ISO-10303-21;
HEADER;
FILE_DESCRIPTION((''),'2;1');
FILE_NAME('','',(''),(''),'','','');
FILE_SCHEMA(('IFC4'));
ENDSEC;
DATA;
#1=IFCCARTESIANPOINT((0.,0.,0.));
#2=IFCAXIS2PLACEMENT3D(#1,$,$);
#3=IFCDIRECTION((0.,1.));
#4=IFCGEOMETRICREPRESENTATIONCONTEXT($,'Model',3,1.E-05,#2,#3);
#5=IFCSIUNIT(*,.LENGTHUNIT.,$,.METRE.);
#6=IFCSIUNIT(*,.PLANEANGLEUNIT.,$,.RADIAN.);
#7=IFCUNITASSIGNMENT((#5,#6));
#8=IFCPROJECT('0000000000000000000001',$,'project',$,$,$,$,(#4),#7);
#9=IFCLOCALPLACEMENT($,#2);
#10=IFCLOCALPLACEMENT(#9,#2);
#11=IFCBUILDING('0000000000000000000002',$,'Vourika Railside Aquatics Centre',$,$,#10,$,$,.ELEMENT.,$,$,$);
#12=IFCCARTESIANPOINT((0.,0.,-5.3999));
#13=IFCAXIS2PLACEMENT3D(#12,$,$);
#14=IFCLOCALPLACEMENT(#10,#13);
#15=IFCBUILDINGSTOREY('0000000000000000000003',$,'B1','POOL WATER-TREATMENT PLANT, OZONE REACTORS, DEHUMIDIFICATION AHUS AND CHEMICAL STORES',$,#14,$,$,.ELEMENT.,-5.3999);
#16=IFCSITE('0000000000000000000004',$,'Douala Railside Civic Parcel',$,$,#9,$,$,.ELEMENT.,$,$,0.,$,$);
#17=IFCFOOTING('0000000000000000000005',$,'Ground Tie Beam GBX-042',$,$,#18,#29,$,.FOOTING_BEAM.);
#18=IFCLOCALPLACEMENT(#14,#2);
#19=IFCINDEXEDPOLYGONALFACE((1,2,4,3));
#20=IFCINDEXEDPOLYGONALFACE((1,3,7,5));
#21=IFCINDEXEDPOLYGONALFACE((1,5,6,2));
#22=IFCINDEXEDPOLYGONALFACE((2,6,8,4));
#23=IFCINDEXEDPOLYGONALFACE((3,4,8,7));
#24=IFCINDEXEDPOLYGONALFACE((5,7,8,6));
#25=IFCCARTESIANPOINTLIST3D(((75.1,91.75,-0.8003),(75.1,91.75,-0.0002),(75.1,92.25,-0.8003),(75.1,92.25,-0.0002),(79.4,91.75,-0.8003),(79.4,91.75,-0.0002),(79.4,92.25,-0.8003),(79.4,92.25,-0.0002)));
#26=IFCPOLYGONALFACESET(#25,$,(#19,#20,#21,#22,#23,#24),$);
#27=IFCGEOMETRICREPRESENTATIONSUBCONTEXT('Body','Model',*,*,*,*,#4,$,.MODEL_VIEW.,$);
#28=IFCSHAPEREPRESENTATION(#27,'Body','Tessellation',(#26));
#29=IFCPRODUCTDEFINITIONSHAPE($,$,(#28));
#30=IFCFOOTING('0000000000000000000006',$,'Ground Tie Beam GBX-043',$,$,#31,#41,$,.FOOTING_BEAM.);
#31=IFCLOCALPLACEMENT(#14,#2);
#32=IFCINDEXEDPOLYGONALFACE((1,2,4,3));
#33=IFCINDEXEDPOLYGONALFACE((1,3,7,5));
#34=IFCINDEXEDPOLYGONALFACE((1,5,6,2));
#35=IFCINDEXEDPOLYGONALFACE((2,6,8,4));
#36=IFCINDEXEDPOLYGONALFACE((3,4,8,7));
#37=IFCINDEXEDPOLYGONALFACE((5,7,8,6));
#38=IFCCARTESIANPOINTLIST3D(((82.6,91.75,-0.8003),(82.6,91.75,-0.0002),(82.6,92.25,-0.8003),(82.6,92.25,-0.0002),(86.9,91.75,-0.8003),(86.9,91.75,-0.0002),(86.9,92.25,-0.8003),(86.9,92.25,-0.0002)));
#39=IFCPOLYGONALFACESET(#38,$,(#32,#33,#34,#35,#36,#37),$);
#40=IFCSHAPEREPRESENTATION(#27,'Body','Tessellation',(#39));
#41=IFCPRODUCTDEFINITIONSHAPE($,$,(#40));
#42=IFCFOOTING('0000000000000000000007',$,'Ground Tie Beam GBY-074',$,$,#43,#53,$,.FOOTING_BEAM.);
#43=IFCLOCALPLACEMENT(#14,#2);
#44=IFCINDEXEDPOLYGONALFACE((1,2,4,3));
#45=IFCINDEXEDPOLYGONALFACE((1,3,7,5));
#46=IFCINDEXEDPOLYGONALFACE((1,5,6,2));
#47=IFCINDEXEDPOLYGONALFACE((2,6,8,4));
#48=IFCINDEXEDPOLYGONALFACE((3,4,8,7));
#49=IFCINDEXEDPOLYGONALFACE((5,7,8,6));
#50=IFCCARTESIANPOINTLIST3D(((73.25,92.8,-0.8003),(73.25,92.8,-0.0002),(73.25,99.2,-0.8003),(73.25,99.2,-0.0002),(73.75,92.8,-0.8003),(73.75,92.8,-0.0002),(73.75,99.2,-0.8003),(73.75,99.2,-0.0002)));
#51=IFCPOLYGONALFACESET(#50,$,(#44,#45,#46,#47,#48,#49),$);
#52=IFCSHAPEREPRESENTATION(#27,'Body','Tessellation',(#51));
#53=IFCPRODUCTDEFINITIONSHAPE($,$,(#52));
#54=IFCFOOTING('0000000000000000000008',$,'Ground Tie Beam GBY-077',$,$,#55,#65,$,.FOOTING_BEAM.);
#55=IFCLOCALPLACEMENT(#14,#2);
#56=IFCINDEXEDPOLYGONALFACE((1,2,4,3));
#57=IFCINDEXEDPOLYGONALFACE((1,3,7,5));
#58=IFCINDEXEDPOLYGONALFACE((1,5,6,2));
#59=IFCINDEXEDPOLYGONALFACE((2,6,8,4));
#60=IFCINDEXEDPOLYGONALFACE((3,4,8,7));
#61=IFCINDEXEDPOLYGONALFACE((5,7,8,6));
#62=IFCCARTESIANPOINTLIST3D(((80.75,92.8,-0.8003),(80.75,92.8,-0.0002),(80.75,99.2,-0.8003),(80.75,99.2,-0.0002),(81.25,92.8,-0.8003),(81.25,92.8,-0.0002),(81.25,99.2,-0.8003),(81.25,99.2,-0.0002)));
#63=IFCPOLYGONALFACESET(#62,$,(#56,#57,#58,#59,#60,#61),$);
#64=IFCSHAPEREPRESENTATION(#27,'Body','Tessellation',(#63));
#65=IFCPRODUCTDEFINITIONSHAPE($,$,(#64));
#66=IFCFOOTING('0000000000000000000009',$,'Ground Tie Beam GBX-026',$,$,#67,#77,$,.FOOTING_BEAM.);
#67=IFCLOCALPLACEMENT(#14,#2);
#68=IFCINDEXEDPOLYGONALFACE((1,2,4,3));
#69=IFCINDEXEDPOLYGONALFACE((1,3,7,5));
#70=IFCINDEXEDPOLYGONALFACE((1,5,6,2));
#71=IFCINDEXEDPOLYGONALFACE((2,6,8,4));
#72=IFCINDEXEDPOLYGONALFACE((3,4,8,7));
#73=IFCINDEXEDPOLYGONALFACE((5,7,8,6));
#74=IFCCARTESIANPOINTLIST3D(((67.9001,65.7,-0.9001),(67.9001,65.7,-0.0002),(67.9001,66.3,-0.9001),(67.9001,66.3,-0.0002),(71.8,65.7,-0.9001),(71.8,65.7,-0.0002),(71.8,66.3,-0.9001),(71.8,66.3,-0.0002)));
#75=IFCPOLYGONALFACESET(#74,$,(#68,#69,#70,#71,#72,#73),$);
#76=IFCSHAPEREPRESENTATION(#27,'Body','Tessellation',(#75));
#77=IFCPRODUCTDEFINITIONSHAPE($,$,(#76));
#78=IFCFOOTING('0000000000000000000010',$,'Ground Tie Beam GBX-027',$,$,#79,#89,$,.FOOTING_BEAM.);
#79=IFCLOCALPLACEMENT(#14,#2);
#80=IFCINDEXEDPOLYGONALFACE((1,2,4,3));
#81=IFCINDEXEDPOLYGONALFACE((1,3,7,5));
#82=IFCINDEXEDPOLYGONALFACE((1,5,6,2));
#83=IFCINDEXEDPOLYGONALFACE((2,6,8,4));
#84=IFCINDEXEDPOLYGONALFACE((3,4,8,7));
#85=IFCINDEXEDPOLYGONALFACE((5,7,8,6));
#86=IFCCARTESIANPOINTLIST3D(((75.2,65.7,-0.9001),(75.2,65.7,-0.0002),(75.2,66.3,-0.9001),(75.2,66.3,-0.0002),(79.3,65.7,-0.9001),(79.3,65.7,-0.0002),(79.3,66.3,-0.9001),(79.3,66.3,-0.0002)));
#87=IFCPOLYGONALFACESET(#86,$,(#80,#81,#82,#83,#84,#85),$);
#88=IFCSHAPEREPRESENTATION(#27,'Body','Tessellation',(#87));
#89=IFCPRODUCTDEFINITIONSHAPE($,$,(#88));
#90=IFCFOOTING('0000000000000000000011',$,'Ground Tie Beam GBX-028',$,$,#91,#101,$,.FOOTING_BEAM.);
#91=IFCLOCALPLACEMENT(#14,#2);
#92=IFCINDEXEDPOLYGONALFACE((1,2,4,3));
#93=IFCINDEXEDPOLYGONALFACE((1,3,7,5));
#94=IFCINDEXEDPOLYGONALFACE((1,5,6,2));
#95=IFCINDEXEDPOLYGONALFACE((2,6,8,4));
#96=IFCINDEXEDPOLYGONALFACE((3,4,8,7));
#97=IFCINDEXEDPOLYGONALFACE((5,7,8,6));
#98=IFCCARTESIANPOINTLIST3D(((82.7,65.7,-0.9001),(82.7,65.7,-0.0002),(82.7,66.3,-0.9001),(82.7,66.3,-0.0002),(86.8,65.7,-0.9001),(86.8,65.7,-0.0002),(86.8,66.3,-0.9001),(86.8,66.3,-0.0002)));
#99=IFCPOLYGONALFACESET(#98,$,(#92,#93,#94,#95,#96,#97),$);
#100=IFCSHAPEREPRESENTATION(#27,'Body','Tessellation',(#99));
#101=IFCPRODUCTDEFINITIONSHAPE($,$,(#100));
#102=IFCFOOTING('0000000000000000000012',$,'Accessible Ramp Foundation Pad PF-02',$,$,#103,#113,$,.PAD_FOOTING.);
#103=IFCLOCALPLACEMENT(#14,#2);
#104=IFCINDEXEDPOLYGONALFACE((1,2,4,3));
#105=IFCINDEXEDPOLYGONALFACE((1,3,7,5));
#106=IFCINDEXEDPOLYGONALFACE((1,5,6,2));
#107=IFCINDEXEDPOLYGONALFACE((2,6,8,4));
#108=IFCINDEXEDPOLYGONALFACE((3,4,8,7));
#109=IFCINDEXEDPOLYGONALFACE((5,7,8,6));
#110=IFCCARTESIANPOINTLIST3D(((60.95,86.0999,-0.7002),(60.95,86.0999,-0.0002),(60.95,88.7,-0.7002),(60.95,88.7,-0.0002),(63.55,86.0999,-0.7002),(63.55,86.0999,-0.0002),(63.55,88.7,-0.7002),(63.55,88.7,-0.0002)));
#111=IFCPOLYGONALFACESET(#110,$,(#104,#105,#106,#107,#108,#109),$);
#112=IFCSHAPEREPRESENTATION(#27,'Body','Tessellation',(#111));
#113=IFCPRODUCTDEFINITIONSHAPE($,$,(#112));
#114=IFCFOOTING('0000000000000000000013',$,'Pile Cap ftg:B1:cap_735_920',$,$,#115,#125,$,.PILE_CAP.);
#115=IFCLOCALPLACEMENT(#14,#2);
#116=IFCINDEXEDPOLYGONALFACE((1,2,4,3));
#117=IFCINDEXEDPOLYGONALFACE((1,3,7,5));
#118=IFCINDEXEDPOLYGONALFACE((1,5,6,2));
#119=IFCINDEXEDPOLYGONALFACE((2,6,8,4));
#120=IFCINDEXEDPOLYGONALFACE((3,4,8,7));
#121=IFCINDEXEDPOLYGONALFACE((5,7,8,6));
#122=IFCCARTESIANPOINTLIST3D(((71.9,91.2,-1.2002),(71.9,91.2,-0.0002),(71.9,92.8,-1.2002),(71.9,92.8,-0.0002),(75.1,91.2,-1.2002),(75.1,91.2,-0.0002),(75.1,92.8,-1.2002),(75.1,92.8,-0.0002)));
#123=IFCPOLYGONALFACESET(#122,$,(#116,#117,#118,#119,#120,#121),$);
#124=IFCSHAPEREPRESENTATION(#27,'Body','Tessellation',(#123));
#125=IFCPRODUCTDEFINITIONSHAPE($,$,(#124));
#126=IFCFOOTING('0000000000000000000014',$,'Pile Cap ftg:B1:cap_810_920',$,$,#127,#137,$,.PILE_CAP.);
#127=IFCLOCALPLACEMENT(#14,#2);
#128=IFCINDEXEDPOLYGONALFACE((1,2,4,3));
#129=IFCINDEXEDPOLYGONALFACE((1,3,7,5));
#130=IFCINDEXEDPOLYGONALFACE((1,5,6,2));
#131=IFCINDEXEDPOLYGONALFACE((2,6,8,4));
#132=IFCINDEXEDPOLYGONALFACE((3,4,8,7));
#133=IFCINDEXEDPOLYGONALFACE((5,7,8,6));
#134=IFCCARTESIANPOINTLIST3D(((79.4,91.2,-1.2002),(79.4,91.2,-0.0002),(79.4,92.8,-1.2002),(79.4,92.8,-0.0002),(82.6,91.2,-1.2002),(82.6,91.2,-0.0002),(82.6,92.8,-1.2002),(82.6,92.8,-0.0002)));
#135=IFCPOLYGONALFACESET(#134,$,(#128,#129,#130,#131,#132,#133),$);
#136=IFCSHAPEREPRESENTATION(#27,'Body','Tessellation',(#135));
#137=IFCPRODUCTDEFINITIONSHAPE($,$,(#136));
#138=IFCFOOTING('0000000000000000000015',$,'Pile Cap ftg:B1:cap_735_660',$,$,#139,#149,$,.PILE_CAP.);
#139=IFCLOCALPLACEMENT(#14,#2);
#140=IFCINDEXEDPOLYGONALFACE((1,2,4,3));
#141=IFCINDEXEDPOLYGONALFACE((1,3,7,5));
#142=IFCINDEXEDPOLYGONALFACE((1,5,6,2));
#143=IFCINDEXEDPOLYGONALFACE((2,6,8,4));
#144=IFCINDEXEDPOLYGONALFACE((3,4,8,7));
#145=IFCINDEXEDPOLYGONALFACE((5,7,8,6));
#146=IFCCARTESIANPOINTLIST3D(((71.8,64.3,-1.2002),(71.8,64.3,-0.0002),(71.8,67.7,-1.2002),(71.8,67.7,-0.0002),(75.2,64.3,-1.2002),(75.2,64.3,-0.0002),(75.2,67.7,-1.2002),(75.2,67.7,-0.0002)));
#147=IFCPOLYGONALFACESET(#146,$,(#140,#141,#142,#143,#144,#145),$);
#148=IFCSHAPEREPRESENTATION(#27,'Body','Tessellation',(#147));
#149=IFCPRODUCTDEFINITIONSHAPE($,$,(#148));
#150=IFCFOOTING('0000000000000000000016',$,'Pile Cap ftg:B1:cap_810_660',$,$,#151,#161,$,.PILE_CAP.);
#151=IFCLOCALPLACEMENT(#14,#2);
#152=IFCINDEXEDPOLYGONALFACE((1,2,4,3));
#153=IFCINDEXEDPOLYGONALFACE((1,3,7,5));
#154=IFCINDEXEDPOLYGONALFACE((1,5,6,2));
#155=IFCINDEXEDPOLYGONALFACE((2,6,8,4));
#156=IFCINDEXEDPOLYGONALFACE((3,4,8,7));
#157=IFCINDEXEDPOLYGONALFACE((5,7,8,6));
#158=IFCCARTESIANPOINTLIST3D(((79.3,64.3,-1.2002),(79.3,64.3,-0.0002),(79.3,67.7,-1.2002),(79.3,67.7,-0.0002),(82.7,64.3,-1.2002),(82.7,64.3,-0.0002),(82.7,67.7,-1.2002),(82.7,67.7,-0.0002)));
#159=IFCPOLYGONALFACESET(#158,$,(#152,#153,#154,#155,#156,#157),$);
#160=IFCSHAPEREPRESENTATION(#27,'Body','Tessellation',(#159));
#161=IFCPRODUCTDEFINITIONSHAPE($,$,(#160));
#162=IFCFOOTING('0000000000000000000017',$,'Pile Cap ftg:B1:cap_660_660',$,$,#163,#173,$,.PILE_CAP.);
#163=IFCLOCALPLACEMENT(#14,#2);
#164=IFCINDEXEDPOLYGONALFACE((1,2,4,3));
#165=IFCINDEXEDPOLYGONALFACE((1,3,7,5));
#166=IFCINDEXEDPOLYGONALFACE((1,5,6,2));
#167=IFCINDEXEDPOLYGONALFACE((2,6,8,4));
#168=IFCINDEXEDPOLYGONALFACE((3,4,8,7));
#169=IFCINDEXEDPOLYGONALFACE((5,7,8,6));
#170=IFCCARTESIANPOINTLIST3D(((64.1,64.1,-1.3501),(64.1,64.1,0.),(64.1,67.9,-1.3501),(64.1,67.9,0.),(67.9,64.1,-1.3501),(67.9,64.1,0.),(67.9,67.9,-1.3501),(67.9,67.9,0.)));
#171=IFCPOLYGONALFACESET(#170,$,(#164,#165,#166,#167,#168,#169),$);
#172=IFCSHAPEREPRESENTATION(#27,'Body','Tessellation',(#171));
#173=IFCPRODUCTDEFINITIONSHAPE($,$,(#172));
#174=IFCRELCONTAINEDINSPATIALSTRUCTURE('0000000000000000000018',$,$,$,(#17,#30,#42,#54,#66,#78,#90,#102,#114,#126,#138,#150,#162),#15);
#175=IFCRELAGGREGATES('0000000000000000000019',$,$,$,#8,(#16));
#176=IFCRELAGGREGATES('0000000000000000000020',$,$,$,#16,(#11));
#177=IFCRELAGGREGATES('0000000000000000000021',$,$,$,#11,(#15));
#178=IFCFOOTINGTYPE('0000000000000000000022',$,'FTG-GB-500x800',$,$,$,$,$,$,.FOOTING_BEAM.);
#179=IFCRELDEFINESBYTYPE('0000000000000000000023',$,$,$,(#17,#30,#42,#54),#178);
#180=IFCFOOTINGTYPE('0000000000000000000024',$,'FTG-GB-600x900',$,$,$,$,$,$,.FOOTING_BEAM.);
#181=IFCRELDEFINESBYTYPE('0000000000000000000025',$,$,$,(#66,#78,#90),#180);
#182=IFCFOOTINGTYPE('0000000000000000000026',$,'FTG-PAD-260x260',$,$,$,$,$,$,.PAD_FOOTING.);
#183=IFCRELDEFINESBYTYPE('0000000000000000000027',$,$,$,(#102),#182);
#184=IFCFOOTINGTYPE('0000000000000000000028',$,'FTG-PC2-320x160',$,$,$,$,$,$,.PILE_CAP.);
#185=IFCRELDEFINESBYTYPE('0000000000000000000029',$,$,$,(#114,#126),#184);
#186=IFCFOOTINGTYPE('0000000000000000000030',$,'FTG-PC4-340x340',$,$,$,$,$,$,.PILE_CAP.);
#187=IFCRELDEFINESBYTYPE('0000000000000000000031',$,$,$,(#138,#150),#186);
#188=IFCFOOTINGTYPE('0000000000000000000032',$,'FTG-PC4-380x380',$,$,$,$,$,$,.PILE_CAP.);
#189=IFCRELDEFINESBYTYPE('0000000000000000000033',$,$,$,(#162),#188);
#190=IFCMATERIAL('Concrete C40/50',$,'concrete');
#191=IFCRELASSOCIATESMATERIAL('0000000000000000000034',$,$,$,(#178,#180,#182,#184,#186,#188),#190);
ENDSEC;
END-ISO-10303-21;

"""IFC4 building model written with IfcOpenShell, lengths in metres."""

from ifc_helpers import new_model, si_unit, direction, frame, origin, origin_2d, place, context, subcontext, project, spatial, rectangle, extrude, material, type_object, element, save


model = new_model("IFC4")

# Units and contexts
model_context = context("Model", 3, precision=1e-05, world=origin(), true_north=direction((0.0, 1.0)))
body_context = subcontext(model_context, "Body", "Model", "MODEL_VIEW")
ifc_project = project(units=[si_unit("LENGTHUNIT", "METRE"), si_unit("PLANEANGLEUNIT", "RADIAN")], contexts=[model_context])

# Site, building, storey
site_placement = place(None, origin())
site = spatial("IfcSite", under=ifc_project, at=site_placement, Name="Douala Railside Civic Parcel", CompositionType="ELEMENT", RefElevation=0.0)
building_placement = place(site_placement, origin())
building = spatial("IfcBuilding", under=site, at=building_placement, Name="Vourika Railside Aquatics Centre", CompositionType="ELEMENT")
storey_placement = place(building_placement, frame((0.0, 0.0, -5.3999)))
storey = spatial("IfcBuildingStorey", under=building, at=storey_placement, Name="B1", Description="POOL WATER-TREATMENT PLANT, OZONE REACTORS, DEHUMIDIFICATION AHUS AND CHEMICAL STORES", CompositionType="ELEMENT", Elevation=-5.3999)

# Footings
ifc_material_1 = material(Name="Concrete C40/50", Category="concrete")
footing_type_1 = type_object("IfcFootingType", Name="FTG-GB-500x800", PredefinedType="FOOTING_BEAM", material=ifc_material_1)
for number, where, z_axis, x_axis, name in (
    (1, (77.25, 92.0, -0.8003), (0.0, 0.0, 1.0), (1.0, 0.0, 0.0), "Ground Tie Beam GBX-042"),
    (2, (84.75, 92.0, -0.8003), (0.0, 0.0, 1.0), (1.0, 0.0, 0.0), "Ground Tie Beam GBX-043"),
):
    element("IfcFooting", number, at=place(storey_placement, frame(where, z_axis=z_axis, x_axis=x_axis)), inside=storey, type_object=footing_type_1, Name=name, PredefinedType="FOOTING_BEAM", context=body_context, shape_type="SweptSolid", body=[
        extrude(rectangle(XDim=4.3, YDim=0.5, at=origin_2d()), origin(), (0.0, 0.0, 1.0), 0.8),
    ])
for number, where, z_axis, x_axis, name in (
    (3, (73.5, 96.0, -0.8003), (0.0, 0.0, 1.0), (0.0, 1.0, 0.0), "Ground Tie Beam GBY-074"),
    (4, (81.0, 96.0, -0.8003), (0.0, 0.0, 1.0), (0.0, 1.0, 0.0), "Ground Tie Beam GBY-077"),
):
    element("IfcFooting", number, at=place(storey_placement, frame(where, z_axis=z_axis, x_axis=x_axis)), inside=storey, type_object=footing_type_1, Name=name, PredefinedType="FOOTING_BEAM", context=body_context, shape_type="SweptSolid", body=[
        extrude(rectangle(XDim=6.3999, YDim=0.5, at=origin_2d()), origin(), (0.0, 0.0, 1.0), 0.8),
    ])
footing_type_2 = type_object("IfcFootingType", Name="FTG-GB-600x900", PredefinedType="FOOTING_BEAM", material=ifc_material_1)
footing_1_placement = place(storey_placement, frame((69.8501, 66.0, -0.9001), z_axis=(0.0, 0.0, 1.0), x_axis=(1.0, 0.0, 0.0)))
element("IfcFooting", 5, at=footing_1_placement, inside=storey, type_object=footing_type_2, Name="Ground Tie Beam GBX-026", PredefinedType="FOOTING_BEAM", context=body_context, shape_type="SweptSolid", body=[
    extrude(rectangle(XDim=3.8999, YDim=0.6001, at=origin_2d()), origin(), (0.0, 0.0, 1.0), 0.8999),
])
for number, where, z_axis, x_axis, name in (
    (6, (77.25, 66.0, -0.9001), (0.0, 0.0, 1.0), (1.0, 0.0, 0.0), "Ground Tie Beam GBX-027"),
    (7, (84.75, 66.0, -0.9001), (0.0, 0.0, 1.0), (1.0, 0.0, 0.0), "Ground Tie Beam GBX-028"),
):
    element("IfcFooting", number, at=place(storey_placement, frame(where, z_axis=z_axis, x_axis=x_axis)), inside=storey, type_object=footing_type_2, Name=name, PredefinedType="FOOTING_BEAM", context=body_context, shape_type="SweptSolid", body=[
        extrude(rectangle(XDim=4.1001, YDim=0.6001, at=origin_2d()), origin(), (0.0, 0.0, 1.0), 0.8999),
    ])
footing_type_3 = type_object("IfcFootingType", Name="FTG-PAD-260x260", PredefinedType="PAD_FOOTING", material=ifc_material_1)
footing_2_placement = place(storey_placement, frame((62.25, 87.3999, -0.7002), z_axis=(0.0, 0.0, 1.0), x_axis=(1.0, 0.0, 0.0)))
element("IfcFooting", 8, at=footing_2_placement, inside=storey, type_object=footing_type_3, Name="Accessible Ramp Foundation Pad PF-02", PredefinedType="PAD_FOOTING", context=body_context, shape_type="SweptSolid", body=[
    extrude(rectangle(XDim=2.6001, YDim=2.6001, at=origin_2d()), origin(), (0.0, 0.0, 1.0), 0.7),
])
footing_type_4 = type_object("IfcFootingType", Name="FTG-PC2-320x160", PredefinedType="PILE_CAP", material=ifc_material_1)
for number, where, z_axis, x_axis, name in (
    (9, (73.5, 92.0, -1.2002), (0.0, 0.0, 1.0), (1.0, 0.0, 0.0), "Pile Cap ftg:B1:cap_735_920"),
    (10, (81.0, 92.0, -1.2002), (0.0, 0.0, 1.0), (1.0, 0.0, 0.0), "Pile Cap ftg:B1:cap_810_920"),
):
    element("IfcFooting", number, at=place(storey_placement, frame(where, z_axis=z_axis, x_axis=x_axis)), inside=storey, type_object=footing_type_4, Name=name, PredefinedType="PILE_CAP", context=body_context, shape_type="SweptSolid", body=[
        extrude(rectangle(XDim=3.2, YDim=1.6001, at=origin_2d()), origin(), (0.0, 0.0, 1.0), 1.2),
    ])
footing_type_5 = type_object("IfcFootingType", Name="FTG-PC4-340x340", PredefinedType="PILE_CAP", material=ifc_material_1)
for number, where, z_axis, x_axis, name in (
    (11, (73.5, 66.0, -1.2002), (0.0, 0.0, 1.0), (1.0, 0.0, 0.0), "Pile Cap ftg:B1:cap_735_660"),
    (12, (81.0, 66.0, -1.2002), (0.0, 0.0, 1.0), (1.0, 0.0, 0.0), "Pile Cap ftg:B1:cap_810_660"),
):
    element("IfcFooting", number, at=place(storey_placement, frame(where, z_axis=z_axis, x_axis=x_axis)), inside=storey, type_object=footing_type_5, Name=name, PredefinedType="PILE_CAP", context=body_context, shape_type="SweptSolid", body=[
        extrude(rectangle(XDim=3.3999, YDim=3.3999, at=origin_2d()), origin(), (0.0, 0.0, 1.0), 1.2),
    ])
footing_type_6 = type_object("IfcFootingType", Name="FTG-PC4-380x380", PredefinedType="PILE_CAP", material=ifc_material_1)
footing_3_placement = place(storey_placement, frame((66.0, 66.0, -1.3501), z_axis=(0.0, 0.0, 1.0), x_axis=(1.0, 0.0, 0.0)))
element("IfcFooting", 13, at=footing_3_placement, inside=storey, type_object=footing_type_6, Name="Pile Cap ftg:B1:cap_660_660", PredefinedType="PILE_CAP", context=body_context, shape_type="SweptSolid", body=[
    extrude(rectangle(XDim=3.8, YDim=3.8, at=origin_2d()), origin(), (0.0, 0.0, 1.0), 1.3501),
])

save(model, "model.ifc")
